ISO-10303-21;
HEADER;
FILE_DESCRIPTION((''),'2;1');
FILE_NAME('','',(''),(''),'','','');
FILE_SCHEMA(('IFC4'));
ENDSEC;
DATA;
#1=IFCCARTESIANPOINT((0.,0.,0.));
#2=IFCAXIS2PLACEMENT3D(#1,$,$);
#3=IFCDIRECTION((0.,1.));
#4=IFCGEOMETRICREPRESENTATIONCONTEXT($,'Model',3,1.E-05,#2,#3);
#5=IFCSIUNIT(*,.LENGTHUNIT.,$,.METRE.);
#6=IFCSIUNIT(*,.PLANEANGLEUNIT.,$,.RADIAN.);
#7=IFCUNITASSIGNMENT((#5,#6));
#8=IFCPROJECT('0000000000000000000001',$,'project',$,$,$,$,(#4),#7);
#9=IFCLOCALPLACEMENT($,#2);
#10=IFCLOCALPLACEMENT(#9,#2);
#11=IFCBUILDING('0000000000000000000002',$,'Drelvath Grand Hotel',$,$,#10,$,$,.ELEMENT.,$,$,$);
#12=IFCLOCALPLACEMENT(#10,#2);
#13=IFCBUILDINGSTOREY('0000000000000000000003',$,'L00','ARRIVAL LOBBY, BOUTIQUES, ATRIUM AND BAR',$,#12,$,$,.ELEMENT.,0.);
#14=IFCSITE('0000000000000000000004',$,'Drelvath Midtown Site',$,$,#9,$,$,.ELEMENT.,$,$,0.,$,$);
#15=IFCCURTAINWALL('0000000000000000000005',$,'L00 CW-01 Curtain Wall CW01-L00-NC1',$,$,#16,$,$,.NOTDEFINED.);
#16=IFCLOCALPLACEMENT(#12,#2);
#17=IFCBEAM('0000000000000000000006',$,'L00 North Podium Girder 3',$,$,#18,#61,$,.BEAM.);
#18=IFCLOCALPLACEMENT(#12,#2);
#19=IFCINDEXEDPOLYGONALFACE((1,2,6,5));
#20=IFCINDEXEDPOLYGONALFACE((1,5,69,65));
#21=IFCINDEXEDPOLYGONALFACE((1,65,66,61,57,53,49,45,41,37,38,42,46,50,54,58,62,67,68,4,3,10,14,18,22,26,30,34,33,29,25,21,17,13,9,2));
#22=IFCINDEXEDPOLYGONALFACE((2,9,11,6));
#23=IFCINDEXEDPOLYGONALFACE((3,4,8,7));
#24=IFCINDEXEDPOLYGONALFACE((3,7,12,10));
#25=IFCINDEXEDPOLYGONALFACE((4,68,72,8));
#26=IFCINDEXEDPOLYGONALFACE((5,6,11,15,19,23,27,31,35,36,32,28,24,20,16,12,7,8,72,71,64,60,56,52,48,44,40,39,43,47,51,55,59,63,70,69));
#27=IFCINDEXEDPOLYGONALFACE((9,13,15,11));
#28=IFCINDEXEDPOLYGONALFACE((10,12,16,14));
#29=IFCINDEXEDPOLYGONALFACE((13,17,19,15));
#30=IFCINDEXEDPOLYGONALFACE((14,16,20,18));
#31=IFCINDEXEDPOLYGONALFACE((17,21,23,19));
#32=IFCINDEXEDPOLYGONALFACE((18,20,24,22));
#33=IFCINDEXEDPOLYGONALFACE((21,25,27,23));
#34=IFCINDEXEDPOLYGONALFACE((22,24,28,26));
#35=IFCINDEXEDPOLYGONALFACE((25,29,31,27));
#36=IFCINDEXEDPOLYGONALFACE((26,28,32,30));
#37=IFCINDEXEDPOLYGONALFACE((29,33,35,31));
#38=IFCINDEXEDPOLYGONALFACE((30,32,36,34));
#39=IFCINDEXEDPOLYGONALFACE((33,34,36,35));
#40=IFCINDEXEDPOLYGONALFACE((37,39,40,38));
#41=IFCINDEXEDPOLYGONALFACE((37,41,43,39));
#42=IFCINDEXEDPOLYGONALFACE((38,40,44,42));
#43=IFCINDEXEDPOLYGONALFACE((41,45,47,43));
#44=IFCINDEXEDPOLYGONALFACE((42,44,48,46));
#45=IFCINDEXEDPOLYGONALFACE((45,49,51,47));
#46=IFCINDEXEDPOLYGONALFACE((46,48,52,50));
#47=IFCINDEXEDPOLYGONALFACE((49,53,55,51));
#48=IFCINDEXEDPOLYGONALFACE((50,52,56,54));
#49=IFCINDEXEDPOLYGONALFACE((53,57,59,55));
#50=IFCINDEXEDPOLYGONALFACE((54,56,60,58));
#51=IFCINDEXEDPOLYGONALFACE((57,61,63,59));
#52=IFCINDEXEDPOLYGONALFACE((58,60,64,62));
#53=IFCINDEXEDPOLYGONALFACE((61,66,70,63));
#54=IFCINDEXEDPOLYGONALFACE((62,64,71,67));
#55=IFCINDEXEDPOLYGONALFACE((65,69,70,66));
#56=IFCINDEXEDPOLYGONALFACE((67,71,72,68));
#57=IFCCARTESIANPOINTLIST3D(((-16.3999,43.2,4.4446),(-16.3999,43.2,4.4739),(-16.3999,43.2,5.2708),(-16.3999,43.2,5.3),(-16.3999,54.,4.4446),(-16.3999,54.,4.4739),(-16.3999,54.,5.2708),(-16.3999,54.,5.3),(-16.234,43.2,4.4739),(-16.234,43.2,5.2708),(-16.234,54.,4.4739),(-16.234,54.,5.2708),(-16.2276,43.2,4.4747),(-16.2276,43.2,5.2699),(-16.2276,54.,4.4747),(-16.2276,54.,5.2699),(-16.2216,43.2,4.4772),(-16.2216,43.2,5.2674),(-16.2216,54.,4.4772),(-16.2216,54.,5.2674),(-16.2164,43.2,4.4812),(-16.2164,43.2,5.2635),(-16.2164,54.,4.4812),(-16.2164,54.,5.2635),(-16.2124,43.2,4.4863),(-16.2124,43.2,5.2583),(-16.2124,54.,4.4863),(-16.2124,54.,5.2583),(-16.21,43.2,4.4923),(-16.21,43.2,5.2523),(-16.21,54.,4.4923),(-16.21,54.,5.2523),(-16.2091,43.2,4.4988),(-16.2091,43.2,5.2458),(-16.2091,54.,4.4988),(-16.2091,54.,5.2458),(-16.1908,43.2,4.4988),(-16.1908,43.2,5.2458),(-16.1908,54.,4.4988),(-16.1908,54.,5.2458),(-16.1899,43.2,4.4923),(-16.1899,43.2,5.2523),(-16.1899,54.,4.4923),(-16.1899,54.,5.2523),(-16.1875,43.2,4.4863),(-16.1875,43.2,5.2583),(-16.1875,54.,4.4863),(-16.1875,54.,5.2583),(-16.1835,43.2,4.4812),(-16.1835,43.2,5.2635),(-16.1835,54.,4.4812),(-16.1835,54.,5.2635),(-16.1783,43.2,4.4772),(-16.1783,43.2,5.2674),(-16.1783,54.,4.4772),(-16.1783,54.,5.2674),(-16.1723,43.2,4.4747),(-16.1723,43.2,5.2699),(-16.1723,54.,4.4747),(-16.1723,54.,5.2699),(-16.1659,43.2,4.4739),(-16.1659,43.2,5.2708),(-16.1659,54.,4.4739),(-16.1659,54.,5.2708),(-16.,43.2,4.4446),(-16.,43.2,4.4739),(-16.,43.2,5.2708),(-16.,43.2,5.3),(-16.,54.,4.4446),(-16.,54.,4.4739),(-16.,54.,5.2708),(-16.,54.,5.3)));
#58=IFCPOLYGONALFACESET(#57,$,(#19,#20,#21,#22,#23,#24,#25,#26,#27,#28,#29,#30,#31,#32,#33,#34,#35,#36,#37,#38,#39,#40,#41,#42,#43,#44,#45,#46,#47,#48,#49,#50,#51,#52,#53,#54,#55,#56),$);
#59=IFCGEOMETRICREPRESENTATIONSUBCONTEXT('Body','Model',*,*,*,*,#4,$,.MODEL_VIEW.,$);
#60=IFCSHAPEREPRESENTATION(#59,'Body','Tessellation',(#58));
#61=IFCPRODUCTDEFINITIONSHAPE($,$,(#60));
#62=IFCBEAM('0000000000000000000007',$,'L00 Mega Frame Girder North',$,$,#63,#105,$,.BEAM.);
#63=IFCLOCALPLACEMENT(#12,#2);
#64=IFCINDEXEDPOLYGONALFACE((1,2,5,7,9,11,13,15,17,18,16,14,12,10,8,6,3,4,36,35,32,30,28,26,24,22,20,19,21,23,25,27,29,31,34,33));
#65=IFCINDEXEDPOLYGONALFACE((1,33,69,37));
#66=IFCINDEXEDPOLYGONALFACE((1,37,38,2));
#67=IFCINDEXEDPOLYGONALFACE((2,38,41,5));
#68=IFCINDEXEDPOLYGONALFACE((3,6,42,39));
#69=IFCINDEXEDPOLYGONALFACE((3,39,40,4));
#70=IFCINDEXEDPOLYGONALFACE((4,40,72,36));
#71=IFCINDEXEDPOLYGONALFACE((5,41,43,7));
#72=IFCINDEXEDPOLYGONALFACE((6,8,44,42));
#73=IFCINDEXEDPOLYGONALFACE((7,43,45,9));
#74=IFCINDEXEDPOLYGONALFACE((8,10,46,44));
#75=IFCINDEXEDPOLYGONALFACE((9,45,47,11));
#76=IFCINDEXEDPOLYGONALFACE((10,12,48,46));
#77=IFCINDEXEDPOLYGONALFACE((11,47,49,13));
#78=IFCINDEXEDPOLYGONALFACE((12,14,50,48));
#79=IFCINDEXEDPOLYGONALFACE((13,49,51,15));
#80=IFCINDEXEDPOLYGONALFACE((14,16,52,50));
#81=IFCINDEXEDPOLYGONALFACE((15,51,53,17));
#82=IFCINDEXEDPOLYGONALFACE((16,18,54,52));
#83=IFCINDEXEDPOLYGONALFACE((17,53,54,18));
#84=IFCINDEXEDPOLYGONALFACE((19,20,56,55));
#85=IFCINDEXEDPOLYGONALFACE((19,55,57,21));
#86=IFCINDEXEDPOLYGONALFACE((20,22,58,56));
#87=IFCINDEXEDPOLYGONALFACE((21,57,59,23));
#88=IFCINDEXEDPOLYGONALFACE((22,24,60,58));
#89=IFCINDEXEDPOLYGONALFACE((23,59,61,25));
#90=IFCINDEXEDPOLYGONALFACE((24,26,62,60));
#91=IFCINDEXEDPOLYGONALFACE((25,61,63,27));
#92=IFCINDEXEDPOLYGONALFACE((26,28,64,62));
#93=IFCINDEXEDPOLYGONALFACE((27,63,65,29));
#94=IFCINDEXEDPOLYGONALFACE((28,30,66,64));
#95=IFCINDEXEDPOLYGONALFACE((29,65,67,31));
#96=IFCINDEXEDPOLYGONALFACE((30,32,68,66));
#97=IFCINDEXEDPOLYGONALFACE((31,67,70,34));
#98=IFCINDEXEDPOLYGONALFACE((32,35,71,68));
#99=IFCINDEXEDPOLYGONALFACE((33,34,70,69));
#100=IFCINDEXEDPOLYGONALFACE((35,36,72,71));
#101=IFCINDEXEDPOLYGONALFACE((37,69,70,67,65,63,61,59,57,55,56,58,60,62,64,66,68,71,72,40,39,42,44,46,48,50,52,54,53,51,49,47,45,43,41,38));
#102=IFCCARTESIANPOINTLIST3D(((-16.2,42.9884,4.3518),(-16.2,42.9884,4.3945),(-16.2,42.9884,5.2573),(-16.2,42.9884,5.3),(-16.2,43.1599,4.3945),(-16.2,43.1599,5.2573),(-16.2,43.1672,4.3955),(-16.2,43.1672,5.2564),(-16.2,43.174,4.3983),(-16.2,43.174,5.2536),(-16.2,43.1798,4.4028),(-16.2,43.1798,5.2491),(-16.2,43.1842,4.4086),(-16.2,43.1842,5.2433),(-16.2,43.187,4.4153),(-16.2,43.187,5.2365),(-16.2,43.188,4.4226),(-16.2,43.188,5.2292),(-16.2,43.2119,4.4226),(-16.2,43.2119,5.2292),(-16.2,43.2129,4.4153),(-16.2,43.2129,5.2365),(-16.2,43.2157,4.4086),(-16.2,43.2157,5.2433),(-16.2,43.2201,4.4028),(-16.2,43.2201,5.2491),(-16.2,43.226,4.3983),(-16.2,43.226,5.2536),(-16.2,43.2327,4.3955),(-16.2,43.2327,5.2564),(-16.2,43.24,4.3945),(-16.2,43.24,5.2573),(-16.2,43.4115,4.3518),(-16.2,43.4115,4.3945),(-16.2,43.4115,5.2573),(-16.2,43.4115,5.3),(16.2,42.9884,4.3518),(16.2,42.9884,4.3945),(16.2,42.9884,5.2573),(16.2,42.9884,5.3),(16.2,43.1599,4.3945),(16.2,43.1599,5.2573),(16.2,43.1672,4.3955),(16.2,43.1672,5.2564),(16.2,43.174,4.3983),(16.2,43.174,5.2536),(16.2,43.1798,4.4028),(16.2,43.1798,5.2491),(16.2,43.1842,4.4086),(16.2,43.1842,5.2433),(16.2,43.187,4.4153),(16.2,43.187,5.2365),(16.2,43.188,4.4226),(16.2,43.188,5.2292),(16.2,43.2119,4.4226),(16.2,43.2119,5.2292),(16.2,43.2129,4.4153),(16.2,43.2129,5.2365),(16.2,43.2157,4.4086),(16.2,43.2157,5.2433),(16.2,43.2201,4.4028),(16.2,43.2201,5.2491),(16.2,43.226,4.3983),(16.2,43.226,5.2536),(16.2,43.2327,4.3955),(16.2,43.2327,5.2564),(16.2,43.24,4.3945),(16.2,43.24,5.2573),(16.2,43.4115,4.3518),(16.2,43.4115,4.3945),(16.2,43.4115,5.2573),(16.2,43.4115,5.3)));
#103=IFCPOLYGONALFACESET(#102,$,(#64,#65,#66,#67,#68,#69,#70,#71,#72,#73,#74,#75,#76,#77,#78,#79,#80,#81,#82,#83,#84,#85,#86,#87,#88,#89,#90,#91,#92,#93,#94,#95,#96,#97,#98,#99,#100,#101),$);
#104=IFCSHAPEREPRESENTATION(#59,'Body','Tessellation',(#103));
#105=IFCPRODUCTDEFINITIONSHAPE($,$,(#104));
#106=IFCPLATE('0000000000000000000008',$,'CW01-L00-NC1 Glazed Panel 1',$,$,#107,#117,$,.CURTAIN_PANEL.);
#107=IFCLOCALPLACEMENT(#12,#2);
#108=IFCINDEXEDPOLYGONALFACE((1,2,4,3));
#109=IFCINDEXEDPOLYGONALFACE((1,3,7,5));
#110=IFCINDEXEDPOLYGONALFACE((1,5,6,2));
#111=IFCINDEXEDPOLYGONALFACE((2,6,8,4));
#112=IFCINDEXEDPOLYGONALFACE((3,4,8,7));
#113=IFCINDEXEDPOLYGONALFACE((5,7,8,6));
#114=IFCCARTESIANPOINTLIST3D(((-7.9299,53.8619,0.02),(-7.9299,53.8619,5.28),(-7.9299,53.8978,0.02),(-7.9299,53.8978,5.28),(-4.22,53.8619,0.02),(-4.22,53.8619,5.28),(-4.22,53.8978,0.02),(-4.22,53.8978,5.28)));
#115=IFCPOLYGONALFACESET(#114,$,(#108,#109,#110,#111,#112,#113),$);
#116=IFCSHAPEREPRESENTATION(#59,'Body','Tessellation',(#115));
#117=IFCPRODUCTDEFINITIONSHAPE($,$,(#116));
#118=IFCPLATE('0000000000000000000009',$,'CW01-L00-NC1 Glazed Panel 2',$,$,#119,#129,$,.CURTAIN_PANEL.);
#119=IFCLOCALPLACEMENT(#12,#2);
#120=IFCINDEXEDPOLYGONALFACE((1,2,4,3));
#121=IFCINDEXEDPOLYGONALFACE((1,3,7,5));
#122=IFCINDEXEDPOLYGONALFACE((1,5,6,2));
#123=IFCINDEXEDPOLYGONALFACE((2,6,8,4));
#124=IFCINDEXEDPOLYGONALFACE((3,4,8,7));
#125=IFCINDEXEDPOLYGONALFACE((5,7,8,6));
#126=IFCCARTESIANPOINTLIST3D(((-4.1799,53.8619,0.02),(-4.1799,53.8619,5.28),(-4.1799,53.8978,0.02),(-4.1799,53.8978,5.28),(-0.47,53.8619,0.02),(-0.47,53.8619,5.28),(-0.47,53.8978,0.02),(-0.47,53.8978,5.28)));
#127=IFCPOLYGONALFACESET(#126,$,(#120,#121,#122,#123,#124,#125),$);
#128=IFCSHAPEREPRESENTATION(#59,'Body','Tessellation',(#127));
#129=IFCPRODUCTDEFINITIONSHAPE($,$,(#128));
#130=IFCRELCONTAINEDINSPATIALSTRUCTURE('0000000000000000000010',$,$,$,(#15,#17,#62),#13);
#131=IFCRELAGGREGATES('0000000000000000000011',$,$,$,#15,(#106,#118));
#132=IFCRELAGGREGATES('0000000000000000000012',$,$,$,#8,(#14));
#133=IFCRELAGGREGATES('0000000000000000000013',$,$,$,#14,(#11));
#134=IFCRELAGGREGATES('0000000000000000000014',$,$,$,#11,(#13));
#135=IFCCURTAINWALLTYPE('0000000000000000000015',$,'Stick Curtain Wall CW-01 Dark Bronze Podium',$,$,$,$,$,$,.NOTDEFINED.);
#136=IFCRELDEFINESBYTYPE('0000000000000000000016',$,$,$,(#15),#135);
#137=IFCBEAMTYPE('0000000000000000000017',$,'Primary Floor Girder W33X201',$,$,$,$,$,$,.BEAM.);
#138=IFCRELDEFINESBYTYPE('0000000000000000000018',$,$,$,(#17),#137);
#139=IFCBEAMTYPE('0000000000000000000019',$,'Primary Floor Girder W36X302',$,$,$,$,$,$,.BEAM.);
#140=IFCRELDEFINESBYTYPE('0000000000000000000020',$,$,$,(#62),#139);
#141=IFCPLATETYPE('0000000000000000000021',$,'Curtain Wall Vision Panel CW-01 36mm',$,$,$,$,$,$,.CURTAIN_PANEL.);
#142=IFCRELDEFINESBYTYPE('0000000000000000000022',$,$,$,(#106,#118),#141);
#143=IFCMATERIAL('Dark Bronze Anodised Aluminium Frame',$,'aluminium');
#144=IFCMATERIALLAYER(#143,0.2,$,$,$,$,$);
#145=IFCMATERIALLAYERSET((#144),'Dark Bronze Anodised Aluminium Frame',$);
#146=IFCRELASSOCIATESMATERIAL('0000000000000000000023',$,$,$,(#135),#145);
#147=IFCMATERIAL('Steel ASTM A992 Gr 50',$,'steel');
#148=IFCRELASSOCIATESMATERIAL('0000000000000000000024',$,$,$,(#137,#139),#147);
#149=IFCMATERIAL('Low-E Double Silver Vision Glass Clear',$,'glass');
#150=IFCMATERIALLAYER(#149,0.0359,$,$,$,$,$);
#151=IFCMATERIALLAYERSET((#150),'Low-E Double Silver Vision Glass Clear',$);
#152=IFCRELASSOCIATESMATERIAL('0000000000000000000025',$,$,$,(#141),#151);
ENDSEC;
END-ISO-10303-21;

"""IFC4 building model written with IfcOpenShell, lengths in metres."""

from ifc_helpers import new_model, si_unit, direction, frame, origin, origin_2d, place, context, subcontext, project, spatial, rectangle, i_section, extrude, material, layer, layer_set, material_profile, profile_set, type_object, element, aggregate, save


model = new_model("IFC4")

# Units and contexts
model_context = context("Model", 3, precision=1e-05, world=origin(), true_north=direction((0.0, 1.0)))
body_context = subcontext(model_context, "Body", "Model", "MODEL_VIEW")
ifc_project = project(units=[si_unit("LENGTHUNIT", "METRE"), si_unit("PLANEANGLEUNIT", "RADIAN")], contexts=[model_context])

# Site, building, storey
site_placement = place(None, origin())
site = spatial("IfcSite", under=ifc_project, at=site_placement, Name="Drelvath Midtown Site", CompositionType="ELEMENT", RefElevation=0.0)
building_placement = place(site_placement, origin())
building = spatial("IfcBuilding", under=site, at=building_placement, Name="Drelvath Grand Hotel", CompositionType="ELEMENT")
storey_placement = place(building_placement, origin())
storey = spatial("IfcBuildingStorey", under=building, at=storey_placement, Name="L00", Description="ARRIVAL LOBBY, BOUTIQUES, ATRIUM AND BAR", CompositionType="ELEMENT", Elevation=0.0)

# Curtain wall
ifc_material_1 = material(Name="Dark Bronze Anodised Aluminium Frame", Category="aluminium")
ifc_layer_1 = layer(ifc_material_1, 0.2)
ifc_layer_set_1 = layer_set([ifc_layer_1], Name="Dark Bronze Anodised Aluminium Frame")
curtain_wall_type = type_object("IfcCurtainWallType", Name="Stick Curtain Wall CW-01 Dark Bronze Podium", PredefinedType="NOTDEFINED", material=ifc_layer_set_1)
curtain_wall_placement = place(storey_placement, origin())
curtain_wall = element("IfcCurtainWall", 1, at=curtain_wall_placement, inside=storey, type_object=curtain_wall_type, Name="L00 CW-01 Curtain Wall CW01-L00-NC1", PredefinedType="NOTDEFINED")

# Beams
ifc_material_2 = material(Name="Steel ASTM A992 Gr 50", Category="steel")
ifc_material_profile_1 = material_profile(ifc_material_2, i_section(OverallWidth=0.3999, OverallDepth=0.8555, WebThickness=0.0183, FlangeThickness=0.0293, FilletRadius=0.0249, at=origin_2d()), Name="W33X201")
ifc_profile_set_1 = profile_set([ifc_material_profile_1], Name="Steel ASTM A992 Gr 50")
beam_type_1 = type_object("IfcBeamType", Name="Primary Floor Girder W33X201", PredefinedType="BEAM", material=ifc_profile_set_1)
beam_1_placement = place(storey_placement, frame((-16.2, 43.2, 4.8723), z_axis=(0.0, 1.0, 0.0), x_axis=(-1.0, 0.0, 0.0)))
element("IfcBeam", 2, at=beam_1_placement, inside=storey, type_object=beam_type_1, Name="L00 North Podium Girder 3", PredefinedType="BEAM", context=body_context, shape_type="SweptSolid", body=[
    extrude(i_section(OverallWidth=0.3999, OverallDepth=0.8555, WebThickness=0.0183, FlangeThickness=0.0293, FilletRadius=0.0249, at=origin_2d()), origin(), (0.0, 0.0, 1.0), 10.8),
])
ifc_material_profile_2 = material_profile(ifc_material_2, i_section(OverallWidth=0.4231, OverallDepth=0.9482, WebThickness=0.0239, FlangeThickness=0.0427, FilletRadius=0.0281, at=origin_2d()), Name="W36X302")
ifc_profile_set_2 = profile_set([ifc_material_profile_2], Name="Steel ASTM A992 Gr 50")
beam_type_2 = type_object("IfcBeamType", Name="Primary Floor Girder W36X302", PredefinedType="BEAM", material=ifc_profile_set_2)
beam_2_placement = place(storey_placement, frame((-16.2, 43.2, 4.8259), z_axis=(1.0, 0.0, 0.0), x_axis=(0.0, 1.0, 0.0)))
element("IfcBeam", 3, at=beam_2_placement, inside=storey, type_object=beam_type_2, Name="L00 Mega Frame Girder North", PredefinedType="BEAM", context=body_context, shape_type="SweptSolid", body=[
    extrude(i_section(OverallWidth=0.4231, OverallDepth=0.9482, WebThickness=0.0239, FlangeThickness=0.0427, FilletRadius=0.0281, at=origin_2d()), origin(), (0.0, 0.0, 1.0), 32.3999),
])

# Plates
ifc_material_3 = material(Name="Low-E Double Silver Vision Glass Clear", Category="glass")
ifc_layer_2 = layer(ifc_material_3, 0.0359)
ifc_layer_set_2 = layer_set([ifc_layer_2], Name="Low-E Double Silver Vision Glass Clear")
plate_type = type_object("IfcPlateType", Name="Curtain Wall Vision Panel CW-01 36mm", PredefinedType="CURTAIN_PANEL", material=ifc_layer_set_2)
plate_1_placement = place(storey_placement, frame((-6.075, 53.8799, 0.02), z_axis=(0.0, 0.0, 1.0), x_axis=(1.0, 0.0, 0.0)))
plate_1 = element("IfcPlate", 4, at=plate_1_placement, type_object=plate_type, Name="CW01-L00-NC1 Glazed Panel 1", PredefinedType="CURTAIN_PANEL", context=body_context, shape_type="SweptSolid", body=[
    extrude(rectangle(XDim=3.71, YDim=0.0359, at=origin_2d()), origin(), (0.0, 0.0, 1.0), 5.26),
])
plate_2_placement = place(storey_placement, frame((-2.325, 53.8799, 0.02), z_axis=(0.0, 0.0, 1.0), x_axis=(1.0, 0.0, 0.0)))
plate_2 = element("IfcPlate", 5, at=plate_2_placement, type_object=plate_type, Name="CW01-L00-NC1 Glazed Panel 2", PredefinedType="CURTAIN_PANEL", context=body_context, shape_type="SweptSolid", body=[
    extrude(rectangle(XDim=3.71, YDim=0.0359, at=origin_2d()), origin(), (0.0, 0.0, 1.0), 5.26),
])
aggregate(curtain_wall, [plate_1, plate_2])

save(model, "model.ifc")
